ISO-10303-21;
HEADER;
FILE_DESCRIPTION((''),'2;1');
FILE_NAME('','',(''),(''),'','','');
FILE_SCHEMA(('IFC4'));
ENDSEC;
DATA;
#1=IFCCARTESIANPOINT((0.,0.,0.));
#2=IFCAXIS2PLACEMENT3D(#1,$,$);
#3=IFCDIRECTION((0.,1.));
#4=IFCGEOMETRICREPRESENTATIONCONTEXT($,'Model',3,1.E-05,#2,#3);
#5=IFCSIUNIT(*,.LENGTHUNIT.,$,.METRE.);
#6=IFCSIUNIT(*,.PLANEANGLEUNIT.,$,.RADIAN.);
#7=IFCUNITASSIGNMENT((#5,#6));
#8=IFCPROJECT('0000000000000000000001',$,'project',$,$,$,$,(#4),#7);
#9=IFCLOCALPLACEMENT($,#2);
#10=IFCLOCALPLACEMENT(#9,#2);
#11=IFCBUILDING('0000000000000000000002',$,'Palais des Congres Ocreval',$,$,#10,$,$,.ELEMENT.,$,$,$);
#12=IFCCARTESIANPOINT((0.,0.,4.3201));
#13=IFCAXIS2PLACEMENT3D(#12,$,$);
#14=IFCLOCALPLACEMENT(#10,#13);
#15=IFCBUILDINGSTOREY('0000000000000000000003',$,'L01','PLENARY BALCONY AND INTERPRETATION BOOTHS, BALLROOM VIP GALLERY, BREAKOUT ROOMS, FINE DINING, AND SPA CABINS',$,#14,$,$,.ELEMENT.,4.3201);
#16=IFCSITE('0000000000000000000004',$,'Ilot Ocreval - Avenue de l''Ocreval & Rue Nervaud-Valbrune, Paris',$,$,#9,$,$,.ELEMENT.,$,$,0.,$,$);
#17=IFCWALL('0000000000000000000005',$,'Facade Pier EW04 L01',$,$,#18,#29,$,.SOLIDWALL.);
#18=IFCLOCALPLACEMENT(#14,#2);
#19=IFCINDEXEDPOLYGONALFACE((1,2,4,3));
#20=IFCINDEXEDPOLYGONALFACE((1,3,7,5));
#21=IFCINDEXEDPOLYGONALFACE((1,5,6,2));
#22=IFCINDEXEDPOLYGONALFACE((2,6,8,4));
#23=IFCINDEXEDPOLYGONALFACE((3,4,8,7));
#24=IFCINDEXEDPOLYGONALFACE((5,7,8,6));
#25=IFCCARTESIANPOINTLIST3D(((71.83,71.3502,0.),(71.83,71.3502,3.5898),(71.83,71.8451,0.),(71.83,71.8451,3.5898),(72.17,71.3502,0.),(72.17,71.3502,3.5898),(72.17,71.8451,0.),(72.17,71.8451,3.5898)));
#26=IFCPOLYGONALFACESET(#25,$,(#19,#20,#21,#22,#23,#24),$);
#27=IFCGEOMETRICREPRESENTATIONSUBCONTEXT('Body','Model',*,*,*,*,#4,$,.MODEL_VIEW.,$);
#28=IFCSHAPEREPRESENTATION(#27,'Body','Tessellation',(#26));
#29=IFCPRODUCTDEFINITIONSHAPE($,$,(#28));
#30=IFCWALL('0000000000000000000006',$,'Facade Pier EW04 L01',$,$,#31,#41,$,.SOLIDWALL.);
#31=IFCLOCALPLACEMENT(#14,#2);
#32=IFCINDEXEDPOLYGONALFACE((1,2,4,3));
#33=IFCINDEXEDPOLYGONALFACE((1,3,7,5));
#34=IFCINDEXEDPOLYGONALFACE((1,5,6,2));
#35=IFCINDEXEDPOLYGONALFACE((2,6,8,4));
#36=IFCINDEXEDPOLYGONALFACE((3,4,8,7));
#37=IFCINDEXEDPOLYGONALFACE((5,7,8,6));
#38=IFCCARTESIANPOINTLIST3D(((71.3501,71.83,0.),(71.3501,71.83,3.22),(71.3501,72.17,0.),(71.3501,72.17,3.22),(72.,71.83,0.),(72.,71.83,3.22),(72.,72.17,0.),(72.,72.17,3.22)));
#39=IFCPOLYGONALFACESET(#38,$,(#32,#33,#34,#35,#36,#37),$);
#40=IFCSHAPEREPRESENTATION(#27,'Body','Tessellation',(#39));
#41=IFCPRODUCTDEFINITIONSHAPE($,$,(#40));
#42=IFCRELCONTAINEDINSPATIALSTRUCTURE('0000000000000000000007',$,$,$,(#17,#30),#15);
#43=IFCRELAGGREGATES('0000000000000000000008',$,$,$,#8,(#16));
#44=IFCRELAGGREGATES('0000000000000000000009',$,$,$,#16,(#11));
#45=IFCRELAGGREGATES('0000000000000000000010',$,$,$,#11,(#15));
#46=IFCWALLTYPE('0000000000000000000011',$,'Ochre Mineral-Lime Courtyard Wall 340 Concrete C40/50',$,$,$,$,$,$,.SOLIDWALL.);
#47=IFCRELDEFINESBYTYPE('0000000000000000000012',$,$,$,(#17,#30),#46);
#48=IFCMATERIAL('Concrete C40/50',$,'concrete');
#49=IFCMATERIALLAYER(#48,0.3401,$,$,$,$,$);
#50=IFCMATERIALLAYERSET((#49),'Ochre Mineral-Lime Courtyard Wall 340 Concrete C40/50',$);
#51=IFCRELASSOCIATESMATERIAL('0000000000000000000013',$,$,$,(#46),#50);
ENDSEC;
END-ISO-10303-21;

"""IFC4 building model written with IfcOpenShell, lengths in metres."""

from ifc_helpers import new_model, si_unit, direction, frame, frame_2d, origin, place, context, subcontext, project, spatial, rectangle, extrude, material, layer, layer_set, type_object, element, save


model = new_model("IFC4")

# Units and contexts
model_context = context("Model", 3, precision=1e-05, world=origin(), true_north=direction((0.0, 1.0)))
body_context = subcontext(model_context, "Body", "Model", "MODEL_VIEW")
ifc_project = project(units=[si_unit("LENGTHUNIT", "METRE"), si_unit("PLANEANGLEUNIT", "RADIAN")], contexts=[model_context])

# Site, building, storey
site_placement = place(None, origin())
site = spatial("IfcSite", under=ifc_project, at=site_placement, Name="Ilot Ocreval - Avenue de l'Ocreval & Rue Nervaud-Valbrune, Paris", CompositionType="ELEMENT", RefElevation=0.0)
building_placement = place(site_placement, origin())
building = spatial("IfcBuilding", under=site, at=building_placement, Name="Palais des Congres Ocreval", CompositionType="ELEMENT")
storey_placement = place(building_placement, frame((0.0, 0.0, 4.3201)))
storey = spatial("IfcBuildingStorey", under=building, at=storey_placement, Name="L01", Description="PLENARY BALCONY AND INTERPRETATION BOOTHS, BALLROOM VIP GALLERY, BREAKOUT ROOMS, FINE DINING, AND SPA CABINS", CompositionType="ELEMENT", Elevation=4.3201)

# Walls
ifc_material_1 = material(Name="Concrete C40/50", Category="concrete")
ifc_layer_1 = layer(ifc_material_1, 0.3401)
ifc_layer_set_1 = layer_set([ifc_layer_1], Name="Ochre Mineral-Lime Courtyard Wall 340 Concrete C40/50")
wall_type_1 = type_object("IfcWallType", Name="Ochre Mineral-Lime Courtyard Wall 340 Concrete C40/50", PredefinedType="SOLIDWALL", material=ifc_layer_set_1)
wall_1_placement = place(storey_placement, frame((72.0, 71.3501, 0.0), z_axis=(0.0, 0.0, 1.0), x_axis=(0.0, 1.0, 0.0)))
element("IfcWall", 1, at=wall_1_placement, inside=storey, type_object=wall_type_1, Name="Facade Pier EW04 L01", PredefinedType="SOLIDWALL", context=body_context, shape_type="SweptSolid", body=[
    extrude(rectangle(XDim=0.4949, YDim=0.3401, at=frame_2d((0.2476, 0.0))), origin(), (0.0, 0.0, 1.0), 3.5898),
])
wall_2_placement = place(storey_placement, frame((72.0, 72.0, 0.0), z_axis=(0.0, 0.0, 1.0), x_axis=(-1.0, 0.0, 0.0)))
element("IfcWall", 2, at=wall_2_placement, inside=storey, type_object=wall_type_1, Name="Facade Pier EW04 L01", PredefinedType="SOLIDWALL", context=body_context, shape_type="SweptSolid", body=[
    extrude(rectangle(XDim=0.6499, YDim=0.3401, at=frame_2d((0.325, 0.0))), origin(), (0.0, 0.0, 1.0), 3.22),
])

save(model, "model.ifc")
